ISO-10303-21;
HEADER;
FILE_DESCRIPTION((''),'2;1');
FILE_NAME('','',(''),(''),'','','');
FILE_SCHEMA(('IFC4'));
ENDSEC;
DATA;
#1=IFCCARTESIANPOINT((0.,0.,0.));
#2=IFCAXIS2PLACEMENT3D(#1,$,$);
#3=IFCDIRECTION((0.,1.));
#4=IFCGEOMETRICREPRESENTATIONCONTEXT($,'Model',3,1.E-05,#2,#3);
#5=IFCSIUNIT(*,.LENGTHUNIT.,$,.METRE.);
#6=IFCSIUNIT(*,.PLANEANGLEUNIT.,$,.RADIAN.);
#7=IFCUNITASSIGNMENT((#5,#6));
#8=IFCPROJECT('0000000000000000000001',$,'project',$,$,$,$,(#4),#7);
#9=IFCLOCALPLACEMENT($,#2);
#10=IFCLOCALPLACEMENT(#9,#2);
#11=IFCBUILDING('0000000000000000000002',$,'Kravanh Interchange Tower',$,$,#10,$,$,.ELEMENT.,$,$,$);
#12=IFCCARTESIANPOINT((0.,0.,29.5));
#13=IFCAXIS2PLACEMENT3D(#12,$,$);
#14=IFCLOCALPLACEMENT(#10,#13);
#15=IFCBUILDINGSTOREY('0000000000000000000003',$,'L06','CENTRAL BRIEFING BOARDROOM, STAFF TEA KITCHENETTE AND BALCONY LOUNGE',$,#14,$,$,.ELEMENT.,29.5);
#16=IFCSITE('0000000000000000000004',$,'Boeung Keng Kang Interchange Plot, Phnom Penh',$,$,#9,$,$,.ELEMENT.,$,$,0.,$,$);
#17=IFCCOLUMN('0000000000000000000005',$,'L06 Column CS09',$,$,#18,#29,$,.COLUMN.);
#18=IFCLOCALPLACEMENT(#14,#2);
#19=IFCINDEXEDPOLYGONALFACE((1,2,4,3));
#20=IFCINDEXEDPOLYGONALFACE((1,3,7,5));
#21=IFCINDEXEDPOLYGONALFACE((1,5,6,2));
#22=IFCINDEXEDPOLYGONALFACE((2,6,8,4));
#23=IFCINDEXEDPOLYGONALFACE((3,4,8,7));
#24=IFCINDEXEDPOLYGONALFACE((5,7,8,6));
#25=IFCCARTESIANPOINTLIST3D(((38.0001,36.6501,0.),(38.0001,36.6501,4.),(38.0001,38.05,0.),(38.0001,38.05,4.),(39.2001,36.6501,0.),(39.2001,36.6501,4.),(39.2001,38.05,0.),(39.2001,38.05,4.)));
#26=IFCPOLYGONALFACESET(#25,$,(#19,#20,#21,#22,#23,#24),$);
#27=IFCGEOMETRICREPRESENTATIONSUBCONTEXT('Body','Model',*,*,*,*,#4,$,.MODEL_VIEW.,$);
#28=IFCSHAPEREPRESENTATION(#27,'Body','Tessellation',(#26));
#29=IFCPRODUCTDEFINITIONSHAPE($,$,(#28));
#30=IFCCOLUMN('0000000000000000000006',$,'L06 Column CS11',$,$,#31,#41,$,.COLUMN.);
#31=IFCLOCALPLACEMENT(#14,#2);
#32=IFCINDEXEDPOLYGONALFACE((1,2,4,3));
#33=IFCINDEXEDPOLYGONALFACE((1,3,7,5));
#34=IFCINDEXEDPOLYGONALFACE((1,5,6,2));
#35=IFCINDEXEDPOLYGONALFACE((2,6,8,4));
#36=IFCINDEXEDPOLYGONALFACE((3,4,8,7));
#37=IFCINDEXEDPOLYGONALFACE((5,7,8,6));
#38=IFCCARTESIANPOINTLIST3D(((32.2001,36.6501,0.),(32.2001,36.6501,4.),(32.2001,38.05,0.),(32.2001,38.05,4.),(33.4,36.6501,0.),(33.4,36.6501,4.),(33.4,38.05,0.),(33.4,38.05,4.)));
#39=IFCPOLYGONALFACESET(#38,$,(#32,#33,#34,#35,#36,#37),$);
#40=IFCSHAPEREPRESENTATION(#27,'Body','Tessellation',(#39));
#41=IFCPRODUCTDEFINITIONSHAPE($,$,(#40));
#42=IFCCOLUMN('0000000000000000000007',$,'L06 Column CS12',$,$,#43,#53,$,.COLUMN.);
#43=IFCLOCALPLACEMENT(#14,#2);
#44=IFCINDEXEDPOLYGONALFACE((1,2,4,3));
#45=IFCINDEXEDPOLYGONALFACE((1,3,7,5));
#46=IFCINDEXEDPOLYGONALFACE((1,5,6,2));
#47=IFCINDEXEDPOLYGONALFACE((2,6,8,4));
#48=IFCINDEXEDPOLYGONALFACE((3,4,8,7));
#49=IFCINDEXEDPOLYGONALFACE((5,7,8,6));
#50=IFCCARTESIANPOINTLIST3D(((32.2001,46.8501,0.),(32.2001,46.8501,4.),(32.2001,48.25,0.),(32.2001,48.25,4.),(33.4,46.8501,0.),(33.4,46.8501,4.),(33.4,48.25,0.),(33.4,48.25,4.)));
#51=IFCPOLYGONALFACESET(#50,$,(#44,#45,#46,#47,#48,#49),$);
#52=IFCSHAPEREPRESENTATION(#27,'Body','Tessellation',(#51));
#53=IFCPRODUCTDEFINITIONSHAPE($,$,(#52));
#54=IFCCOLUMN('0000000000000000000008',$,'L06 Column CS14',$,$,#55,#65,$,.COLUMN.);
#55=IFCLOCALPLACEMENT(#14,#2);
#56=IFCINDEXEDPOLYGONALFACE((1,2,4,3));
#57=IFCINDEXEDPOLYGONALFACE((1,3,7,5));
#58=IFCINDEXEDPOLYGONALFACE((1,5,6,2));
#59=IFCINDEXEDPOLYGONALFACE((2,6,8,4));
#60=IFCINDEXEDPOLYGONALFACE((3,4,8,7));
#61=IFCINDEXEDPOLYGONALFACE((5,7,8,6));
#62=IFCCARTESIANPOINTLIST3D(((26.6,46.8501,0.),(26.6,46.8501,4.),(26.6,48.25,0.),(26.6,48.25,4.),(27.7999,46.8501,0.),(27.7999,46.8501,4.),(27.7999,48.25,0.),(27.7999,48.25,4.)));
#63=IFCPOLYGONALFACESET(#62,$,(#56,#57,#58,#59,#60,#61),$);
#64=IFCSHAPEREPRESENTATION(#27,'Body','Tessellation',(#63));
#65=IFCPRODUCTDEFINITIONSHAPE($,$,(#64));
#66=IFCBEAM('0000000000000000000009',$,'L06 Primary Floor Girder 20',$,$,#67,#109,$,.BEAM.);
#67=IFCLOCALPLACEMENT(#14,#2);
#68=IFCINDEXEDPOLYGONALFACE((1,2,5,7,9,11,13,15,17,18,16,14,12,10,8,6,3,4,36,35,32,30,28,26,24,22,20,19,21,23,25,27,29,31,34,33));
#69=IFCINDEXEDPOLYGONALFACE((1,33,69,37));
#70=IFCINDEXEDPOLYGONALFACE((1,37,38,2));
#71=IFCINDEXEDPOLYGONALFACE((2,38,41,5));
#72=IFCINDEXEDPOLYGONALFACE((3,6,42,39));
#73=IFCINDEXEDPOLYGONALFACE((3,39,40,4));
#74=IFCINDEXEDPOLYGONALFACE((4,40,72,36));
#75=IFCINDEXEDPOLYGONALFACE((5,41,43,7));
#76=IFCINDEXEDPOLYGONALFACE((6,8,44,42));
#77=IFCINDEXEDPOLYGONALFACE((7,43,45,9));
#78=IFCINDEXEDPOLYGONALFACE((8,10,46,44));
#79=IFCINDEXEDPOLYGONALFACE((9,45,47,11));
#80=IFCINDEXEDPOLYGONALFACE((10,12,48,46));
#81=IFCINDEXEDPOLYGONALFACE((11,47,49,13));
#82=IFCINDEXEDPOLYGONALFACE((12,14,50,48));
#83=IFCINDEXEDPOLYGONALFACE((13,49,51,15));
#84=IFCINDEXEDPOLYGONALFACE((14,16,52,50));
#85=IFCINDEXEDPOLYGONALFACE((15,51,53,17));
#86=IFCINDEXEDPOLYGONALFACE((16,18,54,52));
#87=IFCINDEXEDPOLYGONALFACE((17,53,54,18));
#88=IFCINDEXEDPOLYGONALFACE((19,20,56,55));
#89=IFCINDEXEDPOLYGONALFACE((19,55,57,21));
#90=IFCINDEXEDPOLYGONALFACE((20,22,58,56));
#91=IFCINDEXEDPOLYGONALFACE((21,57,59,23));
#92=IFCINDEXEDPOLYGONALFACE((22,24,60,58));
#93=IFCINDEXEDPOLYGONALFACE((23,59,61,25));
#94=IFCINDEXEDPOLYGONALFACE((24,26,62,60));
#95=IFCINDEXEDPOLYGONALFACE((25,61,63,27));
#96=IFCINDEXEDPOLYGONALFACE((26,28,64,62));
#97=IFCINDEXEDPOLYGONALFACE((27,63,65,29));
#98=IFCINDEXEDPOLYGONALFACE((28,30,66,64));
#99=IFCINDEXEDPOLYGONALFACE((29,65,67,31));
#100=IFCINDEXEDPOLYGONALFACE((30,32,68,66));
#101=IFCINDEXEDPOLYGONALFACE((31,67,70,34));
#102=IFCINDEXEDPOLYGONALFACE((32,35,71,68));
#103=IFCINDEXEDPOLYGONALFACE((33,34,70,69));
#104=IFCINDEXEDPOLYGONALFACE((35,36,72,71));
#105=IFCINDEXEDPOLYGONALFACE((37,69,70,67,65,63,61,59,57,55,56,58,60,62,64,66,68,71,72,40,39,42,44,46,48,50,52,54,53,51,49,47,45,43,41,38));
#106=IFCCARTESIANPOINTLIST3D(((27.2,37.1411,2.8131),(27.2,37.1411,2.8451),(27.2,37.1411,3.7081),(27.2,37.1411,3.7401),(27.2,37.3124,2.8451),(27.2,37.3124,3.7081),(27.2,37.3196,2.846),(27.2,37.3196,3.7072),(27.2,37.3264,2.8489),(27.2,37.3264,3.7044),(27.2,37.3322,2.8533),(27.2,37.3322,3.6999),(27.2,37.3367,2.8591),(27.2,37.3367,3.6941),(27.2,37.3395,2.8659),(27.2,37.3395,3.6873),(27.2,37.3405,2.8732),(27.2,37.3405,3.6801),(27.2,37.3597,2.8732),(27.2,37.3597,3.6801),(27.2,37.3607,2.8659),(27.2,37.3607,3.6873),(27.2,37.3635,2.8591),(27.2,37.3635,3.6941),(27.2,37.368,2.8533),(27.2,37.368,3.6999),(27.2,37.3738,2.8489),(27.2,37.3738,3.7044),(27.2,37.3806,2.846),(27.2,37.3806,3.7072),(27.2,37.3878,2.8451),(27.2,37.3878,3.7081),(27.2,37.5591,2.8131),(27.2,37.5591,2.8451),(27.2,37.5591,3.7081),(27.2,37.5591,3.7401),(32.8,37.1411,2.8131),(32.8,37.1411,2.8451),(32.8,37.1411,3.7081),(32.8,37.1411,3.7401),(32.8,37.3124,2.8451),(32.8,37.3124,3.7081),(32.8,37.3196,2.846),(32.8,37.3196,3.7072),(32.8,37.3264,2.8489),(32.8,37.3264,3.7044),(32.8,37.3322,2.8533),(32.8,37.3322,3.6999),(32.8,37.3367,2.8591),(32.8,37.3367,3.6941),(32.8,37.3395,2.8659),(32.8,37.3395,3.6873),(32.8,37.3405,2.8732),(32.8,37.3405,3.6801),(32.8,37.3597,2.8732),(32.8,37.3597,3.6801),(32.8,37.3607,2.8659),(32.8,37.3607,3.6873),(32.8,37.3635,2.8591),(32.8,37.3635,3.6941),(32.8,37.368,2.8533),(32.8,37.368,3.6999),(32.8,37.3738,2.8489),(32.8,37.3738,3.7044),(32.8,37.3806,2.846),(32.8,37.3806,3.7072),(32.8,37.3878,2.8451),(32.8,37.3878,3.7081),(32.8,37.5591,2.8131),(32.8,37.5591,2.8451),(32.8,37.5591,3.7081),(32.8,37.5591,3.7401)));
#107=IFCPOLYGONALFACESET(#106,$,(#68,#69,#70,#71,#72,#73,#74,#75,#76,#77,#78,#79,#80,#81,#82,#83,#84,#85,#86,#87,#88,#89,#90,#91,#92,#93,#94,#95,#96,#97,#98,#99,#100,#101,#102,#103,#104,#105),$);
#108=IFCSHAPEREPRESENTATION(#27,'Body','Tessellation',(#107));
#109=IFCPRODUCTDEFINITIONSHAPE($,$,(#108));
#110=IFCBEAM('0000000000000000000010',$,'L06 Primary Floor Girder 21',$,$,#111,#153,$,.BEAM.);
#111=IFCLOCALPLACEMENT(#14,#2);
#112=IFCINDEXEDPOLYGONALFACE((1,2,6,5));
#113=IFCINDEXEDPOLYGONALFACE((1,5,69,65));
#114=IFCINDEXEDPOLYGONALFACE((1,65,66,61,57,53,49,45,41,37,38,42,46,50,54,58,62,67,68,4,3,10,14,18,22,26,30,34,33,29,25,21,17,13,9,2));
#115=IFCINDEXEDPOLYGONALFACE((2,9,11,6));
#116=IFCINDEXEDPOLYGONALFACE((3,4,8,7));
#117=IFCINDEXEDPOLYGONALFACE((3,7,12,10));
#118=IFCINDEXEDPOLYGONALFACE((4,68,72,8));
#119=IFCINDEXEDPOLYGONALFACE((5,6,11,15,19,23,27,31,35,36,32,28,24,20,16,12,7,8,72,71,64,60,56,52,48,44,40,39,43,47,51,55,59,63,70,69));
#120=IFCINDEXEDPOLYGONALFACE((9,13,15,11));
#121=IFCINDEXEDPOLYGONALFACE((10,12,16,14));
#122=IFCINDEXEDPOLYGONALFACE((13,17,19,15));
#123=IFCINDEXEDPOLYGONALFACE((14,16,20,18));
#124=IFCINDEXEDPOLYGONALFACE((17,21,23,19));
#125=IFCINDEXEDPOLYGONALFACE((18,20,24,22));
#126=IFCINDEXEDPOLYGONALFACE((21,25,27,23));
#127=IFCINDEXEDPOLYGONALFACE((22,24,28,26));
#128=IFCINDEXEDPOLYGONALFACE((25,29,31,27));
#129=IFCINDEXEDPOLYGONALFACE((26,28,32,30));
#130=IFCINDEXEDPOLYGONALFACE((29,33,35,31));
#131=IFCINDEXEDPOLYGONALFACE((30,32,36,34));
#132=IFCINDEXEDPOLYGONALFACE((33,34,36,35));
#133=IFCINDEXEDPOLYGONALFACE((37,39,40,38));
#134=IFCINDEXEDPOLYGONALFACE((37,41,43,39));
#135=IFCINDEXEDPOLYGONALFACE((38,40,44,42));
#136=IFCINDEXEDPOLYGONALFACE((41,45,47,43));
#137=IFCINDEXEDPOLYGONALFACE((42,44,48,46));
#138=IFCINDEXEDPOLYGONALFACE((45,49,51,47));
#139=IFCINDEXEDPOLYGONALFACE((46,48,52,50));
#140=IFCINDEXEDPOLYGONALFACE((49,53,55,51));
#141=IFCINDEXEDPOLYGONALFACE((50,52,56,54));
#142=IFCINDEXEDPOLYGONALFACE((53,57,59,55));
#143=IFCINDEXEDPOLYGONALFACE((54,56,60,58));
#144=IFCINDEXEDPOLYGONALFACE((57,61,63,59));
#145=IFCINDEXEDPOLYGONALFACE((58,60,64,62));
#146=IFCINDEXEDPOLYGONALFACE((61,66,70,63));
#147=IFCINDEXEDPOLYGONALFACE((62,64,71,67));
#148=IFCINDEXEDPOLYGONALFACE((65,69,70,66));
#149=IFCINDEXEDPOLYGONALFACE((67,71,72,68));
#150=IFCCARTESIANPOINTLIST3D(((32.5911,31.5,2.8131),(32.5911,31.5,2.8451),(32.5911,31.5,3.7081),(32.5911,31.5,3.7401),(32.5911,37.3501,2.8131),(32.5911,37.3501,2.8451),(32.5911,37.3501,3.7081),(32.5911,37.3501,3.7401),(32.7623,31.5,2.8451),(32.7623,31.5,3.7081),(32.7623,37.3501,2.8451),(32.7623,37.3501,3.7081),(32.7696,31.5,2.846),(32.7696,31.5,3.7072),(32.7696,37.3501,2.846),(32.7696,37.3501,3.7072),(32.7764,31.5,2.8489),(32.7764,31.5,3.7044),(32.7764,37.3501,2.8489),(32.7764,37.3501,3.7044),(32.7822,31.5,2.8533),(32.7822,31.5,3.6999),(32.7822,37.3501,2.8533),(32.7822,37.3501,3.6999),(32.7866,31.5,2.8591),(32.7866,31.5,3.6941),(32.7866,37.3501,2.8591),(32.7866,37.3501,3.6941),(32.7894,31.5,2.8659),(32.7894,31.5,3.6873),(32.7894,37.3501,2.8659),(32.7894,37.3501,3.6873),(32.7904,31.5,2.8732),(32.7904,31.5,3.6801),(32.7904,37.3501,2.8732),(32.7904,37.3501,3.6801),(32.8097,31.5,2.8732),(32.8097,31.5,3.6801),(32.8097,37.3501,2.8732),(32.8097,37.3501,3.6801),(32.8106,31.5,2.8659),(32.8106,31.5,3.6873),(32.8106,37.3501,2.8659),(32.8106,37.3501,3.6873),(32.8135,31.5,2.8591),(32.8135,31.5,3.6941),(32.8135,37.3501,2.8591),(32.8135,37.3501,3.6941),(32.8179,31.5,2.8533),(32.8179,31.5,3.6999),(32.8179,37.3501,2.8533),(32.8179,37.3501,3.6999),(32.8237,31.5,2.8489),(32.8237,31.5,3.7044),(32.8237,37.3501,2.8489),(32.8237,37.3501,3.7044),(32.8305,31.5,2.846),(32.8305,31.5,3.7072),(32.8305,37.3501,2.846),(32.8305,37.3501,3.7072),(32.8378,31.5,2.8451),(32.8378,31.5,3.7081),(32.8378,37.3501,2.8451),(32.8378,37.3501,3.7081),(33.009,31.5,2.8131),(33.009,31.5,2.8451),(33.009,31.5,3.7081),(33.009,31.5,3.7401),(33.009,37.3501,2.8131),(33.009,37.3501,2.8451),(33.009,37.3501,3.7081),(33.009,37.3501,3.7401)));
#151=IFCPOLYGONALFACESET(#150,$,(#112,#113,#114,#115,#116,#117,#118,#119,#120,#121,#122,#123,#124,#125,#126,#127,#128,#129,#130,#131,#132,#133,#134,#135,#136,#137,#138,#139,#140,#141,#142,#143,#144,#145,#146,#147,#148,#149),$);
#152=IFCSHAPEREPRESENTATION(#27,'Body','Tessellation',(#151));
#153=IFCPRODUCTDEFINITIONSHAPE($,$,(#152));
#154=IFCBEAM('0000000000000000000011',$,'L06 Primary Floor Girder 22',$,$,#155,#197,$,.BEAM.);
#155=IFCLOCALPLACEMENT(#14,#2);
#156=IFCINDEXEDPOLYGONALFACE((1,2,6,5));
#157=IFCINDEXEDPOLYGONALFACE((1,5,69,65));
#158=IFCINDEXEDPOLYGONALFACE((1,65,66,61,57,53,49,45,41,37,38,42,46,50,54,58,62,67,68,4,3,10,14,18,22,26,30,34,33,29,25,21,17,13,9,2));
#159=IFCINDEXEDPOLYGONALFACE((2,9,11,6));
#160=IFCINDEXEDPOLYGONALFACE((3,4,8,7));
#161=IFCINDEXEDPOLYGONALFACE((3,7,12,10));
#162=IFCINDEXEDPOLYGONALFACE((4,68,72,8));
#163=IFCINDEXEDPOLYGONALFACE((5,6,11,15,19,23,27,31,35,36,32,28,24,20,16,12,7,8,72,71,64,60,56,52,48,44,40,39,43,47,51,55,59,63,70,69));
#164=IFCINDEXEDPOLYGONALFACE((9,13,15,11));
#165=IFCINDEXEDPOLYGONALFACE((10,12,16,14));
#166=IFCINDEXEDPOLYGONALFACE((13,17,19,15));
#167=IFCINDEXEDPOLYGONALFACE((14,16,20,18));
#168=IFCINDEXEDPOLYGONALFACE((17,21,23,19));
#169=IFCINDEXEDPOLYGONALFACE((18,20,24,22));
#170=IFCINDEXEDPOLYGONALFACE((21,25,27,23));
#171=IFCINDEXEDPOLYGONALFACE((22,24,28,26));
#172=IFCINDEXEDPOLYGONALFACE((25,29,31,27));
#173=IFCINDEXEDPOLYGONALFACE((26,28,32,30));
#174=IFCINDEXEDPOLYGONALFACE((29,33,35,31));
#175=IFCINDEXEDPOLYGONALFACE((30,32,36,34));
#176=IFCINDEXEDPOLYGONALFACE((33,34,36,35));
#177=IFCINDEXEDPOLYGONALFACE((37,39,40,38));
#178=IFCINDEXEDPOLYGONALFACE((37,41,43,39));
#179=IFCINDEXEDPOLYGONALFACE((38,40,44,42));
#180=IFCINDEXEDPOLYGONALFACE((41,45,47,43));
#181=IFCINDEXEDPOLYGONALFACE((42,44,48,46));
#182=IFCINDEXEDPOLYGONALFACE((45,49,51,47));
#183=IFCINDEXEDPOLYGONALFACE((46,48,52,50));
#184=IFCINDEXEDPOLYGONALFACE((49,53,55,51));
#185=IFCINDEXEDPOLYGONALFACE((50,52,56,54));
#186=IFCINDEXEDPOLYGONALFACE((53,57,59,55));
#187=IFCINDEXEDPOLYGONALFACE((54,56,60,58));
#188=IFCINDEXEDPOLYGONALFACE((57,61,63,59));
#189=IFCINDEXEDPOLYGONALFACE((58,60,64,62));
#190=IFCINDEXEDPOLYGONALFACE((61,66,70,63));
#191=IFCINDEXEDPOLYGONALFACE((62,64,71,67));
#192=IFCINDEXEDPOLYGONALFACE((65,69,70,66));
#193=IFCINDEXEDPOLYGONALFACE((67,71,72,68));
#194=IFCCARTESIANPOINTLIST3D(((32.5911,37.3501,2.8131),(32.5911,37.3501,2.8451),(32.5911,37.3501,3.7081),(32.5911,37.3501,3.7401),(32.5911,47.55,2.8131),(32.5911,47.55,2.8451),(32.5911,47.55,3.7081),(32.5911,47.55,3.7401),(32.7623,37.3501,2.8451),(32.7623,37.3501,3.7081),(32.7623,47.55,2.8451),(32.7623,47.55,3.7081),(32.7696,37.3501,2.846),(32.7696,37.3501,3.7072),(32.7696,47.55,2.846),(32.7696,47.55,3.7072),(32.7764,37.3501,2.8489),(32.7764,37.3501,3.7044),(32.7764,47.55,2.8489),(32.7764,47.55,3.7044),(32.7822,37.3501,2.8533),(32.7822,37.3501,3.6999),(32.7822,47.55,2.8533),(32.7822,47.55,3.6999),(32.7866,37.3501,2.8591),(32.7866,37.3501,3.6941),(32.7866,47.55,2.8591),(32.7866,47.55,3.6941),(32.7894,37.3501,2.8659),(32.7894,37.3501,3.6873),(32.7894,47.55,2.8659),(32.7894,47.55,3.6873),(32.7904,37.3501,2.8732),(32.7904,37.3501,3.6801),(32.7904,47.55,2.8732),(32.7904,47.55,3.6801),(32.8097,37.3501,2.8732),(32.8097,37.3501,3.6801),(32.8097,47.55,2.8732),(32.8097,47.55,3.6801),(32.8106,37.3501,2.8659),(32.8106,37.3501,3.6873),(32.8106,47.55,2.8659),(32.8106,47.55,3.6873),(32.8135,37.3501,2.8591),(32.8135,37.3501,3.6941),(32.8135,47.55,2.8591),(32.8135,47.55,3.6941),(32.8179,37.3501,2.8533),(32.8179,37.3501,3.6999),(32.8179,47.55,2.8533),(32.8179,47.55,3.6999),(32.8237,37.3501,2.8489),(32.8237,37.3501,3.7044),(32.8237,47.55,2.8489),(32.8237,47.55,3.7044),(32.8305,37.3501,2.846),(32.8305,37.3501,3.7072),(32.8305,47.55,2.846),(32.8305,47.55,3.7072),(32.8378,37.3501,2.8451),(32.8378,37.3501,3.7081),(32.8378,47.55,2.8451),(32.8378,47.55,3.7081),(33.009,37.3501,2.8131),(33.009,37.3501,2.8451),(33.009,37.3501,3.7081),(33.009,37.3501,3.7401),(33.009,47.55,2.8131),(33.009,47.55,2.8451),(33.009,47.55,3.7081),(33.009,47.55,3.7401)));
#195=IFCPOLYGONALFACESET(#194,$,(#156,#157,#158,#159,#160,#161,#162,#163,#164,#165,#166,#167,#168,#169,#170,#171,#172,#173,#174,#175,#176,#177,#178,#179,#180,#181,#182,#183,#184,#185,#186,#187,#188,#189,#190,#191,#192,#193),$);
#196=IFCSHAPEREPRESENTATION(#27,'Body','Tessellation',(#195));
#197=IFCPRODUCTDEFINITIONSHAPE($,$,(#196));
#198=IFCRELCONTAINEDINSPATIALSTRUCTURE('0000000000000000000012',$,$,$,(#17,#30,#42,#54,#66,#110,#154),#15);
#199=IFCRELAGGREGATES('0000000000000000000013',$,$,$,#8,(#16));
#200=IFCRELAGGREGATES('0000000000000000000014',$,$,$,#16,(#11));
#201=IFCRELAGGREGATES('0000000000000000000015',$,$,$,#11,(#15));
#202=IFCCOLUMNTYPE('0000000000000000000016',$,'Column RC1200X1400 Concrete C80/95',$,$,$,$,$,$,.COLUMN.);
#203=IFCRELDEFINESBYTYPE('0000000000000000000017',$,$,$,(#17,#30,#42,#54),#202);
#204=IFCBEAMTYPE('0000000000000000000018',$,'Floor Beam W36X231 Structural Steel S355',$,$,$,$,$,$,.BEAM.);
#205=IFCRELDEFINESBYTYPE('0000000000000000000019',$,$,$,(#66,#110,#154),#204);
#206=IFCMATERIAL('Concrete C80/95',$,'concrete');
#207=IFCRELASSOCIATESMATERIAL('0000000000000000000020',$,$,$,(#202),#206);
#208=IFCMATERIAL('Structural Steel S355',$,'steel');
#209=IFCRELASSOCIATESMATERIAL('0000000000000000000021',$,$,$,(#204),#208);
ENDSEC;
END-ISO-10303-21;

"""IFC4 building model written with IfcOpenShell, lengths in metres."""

from ifc_helpers import new_model, si_unit, direction, frame, origin, origin_2d, place, context, subcontext, project, spatial, rectangle, i_section, extrude, material, material_profile, profile_set, type_object, element, save


model = new_model("IFC4")

# Units and contexts
model_context = context("Model", 3, precision=1e-05, world=origin(), true_north=direction((0.0, 1.0)))
body_context = subcontext(model_context, "Body", "Model", "MODEL_VIEW")
ifc_project = project(units=[si_unit("LENGTHUNIT", "METRE"), si_unit("PLANEANGLEUNIT", "RADIAN")], contexts=[model_context])

# Site, building, storey
site_placement = place(None, origin())
site = spatial("IfcSite", under=ifc_project, at=site_placement, Name="Boeung Keng Kang Interchange Plot, Phnom Penh", CompositionType="ELEMENT", RefElevation=0.0)
building_placement = place(site_placement, origin())
building = spatial("IfcBuilding", under=site, at=building_placement, Name="Kravanh Interchange Tower", CompositionType="ELEMENT")
storey_placement = place(building_placement, frame((0.0, 0.0, 29.5)))
storey = spatial("IfcBuildingStorey", under=building, at=storey_placement, Name="L06", Description="CENTRAL BRIEFING BOARDROOM, STAFF TEA KITCHENETTE AND BALCONY LOUNGE", CompositionType="ELEMENT", Elevation=29.5)

# Columns
ifc_material_1 = material(Name="Concrete C80/95", Category="concrete")
ifc_material_profile_1 = material_profile(ifc_material_1, rectangle(XDim=1.2, YDim=1.3999, at=origin_2d()), Name="RC1200X1400")
ifc_profile_set_1 = profile_set([ifc_material_profile_1], Name="Concrete C80/95")
column_type = type_object("IfcColumnType", Name="Column RC1200X1400 Concrete C80/95", PredefinedType="COLUMN", material=ifc_profile_set_1)
for number, where, z_axis, x_axis, name in (
    (1, (38.6001, 37.3501, 0.0), (0.0, 0.0, 1.0), (1.0, 0.0, 0.0), "L06 Column CS09"),
    (2, (32.8, 37.3501, 0.0), (0.0, 0.0, 1.0), (1.0, 0.0, 0.0), "L06 Column CS11"),
    (3, (32.8, 47.55, 0.0), (0.0, 0.0, 1.0), (1.0, 0.0, 0.0), "L06 Column CS12"),
    (4, (27.2, 47.55, 0.0), (0.0, 0.0, 1.0), (1.0, 0.0, 0.0), "L06 Column CS14"),
):
    element("IfcColumn", number, at=place(storey_placement, frame(where, z_axis=z_axis, x_axis=x_axis)), inside=storey, type_object=column_type, Name=name, PredefinedType="COLUMN", context=body_context, shape_type="SweptSolid", body=[
        extrude(rectangle(XDim=1.2, YDim=1.3999, at=origin_2d()), origin(), (0.0, 0.0, 1.0), 4.0),
    ])

# Beams
ifc_material_2 = material(Name="Structural Steel S355", Category="steel")
ifc_material_profile_2 = material_profile(ifc_material_2, i_section(OverallWidth=0.418, OverallDepth=0.927, WebThickness=0.0193, FlangeThickness=0.032, FilletRadius=0.0281, at=origin_2d()), Name="W36X231")
ifc_profile_set_2 = profile_set([ifc_material_profile_2], Name="Structural Steel S355")
beam_type = type_object("IfcBeamType", Name="Floor Beam W36X231 Structural Steel S355", PredefinedType="BEAM", material=ifc_profile_set_2)
beam_1_placement = place(storey_placement, frame((32.8, 37.3501, 3.2766), z_axis=(-1.0, 0.0, 0.0), x_axis=(0.0, -1.0, 0.0)))
element("IfcBeam", 5, at=beam_1_placement, inside=storey, type_object=beam_type, Name="L06 Primary Floor Girder 20", PredefinedType="BEAM", context=body_context, shape_type="SweptSolid", body=[
    extrude(i_section(OverallWidth=0.418, OverallDepth=0.927, WebThickness=0.0193, FlangeThickness=0.032, FilletRadius=0.0281, at=origin_2d()), origin(), (0.0, 0.0, 1.0), 5.6001),
])
beam_2_placement = place(storey_placement, frame((32.8, 37.3501, 3.2766), z_axis=(0.0, -1.0, 0.0), x_axis=(1.0, 0.0, 0.0)))
element("IfcBeam", 6, at=beam_2_placement, inside=storey, type_object=beam_type, Name="L06 Primary Floor Girder 21", PredefinedType="BEAM", context=body_context, shape_type="SweptSolid", body=[
    extrude(i_section(OverallWidth=0.418, OverallDepth=0.927, WebThickness=0.0193, FlangeThickness=0.032, FilletRadius=0.0281, at=origin_2d()), origin(), (0.0, 0.0, 1.0), 5.8501),
])
beam_3_placement = place(storey_placement, frame((32.8, 37.3501, 3.2766), z_axis=(0.0, 1.0, 0.0), x_axis=(-1.0, 0.0, 0.0)))
element("IfcBeam", 7, at=beam_3_placement, inside=storey, type_object=beam_type, Name="L06 Primary Floor Girder 22", PredefinedType="BEAM", context=body_context, shape_type="SweptSolid", body=[
    extrude(i_section(OverallWidth=0.418, OverallDepth=0.927, WebThickness=0.0193, FlangeThickness=0.032, FilletRadius=0.0281, at=origin_2d()), origin(), (0.0, 0.0, 1.0), 10.2),
])

save(model, "model.ifc")
